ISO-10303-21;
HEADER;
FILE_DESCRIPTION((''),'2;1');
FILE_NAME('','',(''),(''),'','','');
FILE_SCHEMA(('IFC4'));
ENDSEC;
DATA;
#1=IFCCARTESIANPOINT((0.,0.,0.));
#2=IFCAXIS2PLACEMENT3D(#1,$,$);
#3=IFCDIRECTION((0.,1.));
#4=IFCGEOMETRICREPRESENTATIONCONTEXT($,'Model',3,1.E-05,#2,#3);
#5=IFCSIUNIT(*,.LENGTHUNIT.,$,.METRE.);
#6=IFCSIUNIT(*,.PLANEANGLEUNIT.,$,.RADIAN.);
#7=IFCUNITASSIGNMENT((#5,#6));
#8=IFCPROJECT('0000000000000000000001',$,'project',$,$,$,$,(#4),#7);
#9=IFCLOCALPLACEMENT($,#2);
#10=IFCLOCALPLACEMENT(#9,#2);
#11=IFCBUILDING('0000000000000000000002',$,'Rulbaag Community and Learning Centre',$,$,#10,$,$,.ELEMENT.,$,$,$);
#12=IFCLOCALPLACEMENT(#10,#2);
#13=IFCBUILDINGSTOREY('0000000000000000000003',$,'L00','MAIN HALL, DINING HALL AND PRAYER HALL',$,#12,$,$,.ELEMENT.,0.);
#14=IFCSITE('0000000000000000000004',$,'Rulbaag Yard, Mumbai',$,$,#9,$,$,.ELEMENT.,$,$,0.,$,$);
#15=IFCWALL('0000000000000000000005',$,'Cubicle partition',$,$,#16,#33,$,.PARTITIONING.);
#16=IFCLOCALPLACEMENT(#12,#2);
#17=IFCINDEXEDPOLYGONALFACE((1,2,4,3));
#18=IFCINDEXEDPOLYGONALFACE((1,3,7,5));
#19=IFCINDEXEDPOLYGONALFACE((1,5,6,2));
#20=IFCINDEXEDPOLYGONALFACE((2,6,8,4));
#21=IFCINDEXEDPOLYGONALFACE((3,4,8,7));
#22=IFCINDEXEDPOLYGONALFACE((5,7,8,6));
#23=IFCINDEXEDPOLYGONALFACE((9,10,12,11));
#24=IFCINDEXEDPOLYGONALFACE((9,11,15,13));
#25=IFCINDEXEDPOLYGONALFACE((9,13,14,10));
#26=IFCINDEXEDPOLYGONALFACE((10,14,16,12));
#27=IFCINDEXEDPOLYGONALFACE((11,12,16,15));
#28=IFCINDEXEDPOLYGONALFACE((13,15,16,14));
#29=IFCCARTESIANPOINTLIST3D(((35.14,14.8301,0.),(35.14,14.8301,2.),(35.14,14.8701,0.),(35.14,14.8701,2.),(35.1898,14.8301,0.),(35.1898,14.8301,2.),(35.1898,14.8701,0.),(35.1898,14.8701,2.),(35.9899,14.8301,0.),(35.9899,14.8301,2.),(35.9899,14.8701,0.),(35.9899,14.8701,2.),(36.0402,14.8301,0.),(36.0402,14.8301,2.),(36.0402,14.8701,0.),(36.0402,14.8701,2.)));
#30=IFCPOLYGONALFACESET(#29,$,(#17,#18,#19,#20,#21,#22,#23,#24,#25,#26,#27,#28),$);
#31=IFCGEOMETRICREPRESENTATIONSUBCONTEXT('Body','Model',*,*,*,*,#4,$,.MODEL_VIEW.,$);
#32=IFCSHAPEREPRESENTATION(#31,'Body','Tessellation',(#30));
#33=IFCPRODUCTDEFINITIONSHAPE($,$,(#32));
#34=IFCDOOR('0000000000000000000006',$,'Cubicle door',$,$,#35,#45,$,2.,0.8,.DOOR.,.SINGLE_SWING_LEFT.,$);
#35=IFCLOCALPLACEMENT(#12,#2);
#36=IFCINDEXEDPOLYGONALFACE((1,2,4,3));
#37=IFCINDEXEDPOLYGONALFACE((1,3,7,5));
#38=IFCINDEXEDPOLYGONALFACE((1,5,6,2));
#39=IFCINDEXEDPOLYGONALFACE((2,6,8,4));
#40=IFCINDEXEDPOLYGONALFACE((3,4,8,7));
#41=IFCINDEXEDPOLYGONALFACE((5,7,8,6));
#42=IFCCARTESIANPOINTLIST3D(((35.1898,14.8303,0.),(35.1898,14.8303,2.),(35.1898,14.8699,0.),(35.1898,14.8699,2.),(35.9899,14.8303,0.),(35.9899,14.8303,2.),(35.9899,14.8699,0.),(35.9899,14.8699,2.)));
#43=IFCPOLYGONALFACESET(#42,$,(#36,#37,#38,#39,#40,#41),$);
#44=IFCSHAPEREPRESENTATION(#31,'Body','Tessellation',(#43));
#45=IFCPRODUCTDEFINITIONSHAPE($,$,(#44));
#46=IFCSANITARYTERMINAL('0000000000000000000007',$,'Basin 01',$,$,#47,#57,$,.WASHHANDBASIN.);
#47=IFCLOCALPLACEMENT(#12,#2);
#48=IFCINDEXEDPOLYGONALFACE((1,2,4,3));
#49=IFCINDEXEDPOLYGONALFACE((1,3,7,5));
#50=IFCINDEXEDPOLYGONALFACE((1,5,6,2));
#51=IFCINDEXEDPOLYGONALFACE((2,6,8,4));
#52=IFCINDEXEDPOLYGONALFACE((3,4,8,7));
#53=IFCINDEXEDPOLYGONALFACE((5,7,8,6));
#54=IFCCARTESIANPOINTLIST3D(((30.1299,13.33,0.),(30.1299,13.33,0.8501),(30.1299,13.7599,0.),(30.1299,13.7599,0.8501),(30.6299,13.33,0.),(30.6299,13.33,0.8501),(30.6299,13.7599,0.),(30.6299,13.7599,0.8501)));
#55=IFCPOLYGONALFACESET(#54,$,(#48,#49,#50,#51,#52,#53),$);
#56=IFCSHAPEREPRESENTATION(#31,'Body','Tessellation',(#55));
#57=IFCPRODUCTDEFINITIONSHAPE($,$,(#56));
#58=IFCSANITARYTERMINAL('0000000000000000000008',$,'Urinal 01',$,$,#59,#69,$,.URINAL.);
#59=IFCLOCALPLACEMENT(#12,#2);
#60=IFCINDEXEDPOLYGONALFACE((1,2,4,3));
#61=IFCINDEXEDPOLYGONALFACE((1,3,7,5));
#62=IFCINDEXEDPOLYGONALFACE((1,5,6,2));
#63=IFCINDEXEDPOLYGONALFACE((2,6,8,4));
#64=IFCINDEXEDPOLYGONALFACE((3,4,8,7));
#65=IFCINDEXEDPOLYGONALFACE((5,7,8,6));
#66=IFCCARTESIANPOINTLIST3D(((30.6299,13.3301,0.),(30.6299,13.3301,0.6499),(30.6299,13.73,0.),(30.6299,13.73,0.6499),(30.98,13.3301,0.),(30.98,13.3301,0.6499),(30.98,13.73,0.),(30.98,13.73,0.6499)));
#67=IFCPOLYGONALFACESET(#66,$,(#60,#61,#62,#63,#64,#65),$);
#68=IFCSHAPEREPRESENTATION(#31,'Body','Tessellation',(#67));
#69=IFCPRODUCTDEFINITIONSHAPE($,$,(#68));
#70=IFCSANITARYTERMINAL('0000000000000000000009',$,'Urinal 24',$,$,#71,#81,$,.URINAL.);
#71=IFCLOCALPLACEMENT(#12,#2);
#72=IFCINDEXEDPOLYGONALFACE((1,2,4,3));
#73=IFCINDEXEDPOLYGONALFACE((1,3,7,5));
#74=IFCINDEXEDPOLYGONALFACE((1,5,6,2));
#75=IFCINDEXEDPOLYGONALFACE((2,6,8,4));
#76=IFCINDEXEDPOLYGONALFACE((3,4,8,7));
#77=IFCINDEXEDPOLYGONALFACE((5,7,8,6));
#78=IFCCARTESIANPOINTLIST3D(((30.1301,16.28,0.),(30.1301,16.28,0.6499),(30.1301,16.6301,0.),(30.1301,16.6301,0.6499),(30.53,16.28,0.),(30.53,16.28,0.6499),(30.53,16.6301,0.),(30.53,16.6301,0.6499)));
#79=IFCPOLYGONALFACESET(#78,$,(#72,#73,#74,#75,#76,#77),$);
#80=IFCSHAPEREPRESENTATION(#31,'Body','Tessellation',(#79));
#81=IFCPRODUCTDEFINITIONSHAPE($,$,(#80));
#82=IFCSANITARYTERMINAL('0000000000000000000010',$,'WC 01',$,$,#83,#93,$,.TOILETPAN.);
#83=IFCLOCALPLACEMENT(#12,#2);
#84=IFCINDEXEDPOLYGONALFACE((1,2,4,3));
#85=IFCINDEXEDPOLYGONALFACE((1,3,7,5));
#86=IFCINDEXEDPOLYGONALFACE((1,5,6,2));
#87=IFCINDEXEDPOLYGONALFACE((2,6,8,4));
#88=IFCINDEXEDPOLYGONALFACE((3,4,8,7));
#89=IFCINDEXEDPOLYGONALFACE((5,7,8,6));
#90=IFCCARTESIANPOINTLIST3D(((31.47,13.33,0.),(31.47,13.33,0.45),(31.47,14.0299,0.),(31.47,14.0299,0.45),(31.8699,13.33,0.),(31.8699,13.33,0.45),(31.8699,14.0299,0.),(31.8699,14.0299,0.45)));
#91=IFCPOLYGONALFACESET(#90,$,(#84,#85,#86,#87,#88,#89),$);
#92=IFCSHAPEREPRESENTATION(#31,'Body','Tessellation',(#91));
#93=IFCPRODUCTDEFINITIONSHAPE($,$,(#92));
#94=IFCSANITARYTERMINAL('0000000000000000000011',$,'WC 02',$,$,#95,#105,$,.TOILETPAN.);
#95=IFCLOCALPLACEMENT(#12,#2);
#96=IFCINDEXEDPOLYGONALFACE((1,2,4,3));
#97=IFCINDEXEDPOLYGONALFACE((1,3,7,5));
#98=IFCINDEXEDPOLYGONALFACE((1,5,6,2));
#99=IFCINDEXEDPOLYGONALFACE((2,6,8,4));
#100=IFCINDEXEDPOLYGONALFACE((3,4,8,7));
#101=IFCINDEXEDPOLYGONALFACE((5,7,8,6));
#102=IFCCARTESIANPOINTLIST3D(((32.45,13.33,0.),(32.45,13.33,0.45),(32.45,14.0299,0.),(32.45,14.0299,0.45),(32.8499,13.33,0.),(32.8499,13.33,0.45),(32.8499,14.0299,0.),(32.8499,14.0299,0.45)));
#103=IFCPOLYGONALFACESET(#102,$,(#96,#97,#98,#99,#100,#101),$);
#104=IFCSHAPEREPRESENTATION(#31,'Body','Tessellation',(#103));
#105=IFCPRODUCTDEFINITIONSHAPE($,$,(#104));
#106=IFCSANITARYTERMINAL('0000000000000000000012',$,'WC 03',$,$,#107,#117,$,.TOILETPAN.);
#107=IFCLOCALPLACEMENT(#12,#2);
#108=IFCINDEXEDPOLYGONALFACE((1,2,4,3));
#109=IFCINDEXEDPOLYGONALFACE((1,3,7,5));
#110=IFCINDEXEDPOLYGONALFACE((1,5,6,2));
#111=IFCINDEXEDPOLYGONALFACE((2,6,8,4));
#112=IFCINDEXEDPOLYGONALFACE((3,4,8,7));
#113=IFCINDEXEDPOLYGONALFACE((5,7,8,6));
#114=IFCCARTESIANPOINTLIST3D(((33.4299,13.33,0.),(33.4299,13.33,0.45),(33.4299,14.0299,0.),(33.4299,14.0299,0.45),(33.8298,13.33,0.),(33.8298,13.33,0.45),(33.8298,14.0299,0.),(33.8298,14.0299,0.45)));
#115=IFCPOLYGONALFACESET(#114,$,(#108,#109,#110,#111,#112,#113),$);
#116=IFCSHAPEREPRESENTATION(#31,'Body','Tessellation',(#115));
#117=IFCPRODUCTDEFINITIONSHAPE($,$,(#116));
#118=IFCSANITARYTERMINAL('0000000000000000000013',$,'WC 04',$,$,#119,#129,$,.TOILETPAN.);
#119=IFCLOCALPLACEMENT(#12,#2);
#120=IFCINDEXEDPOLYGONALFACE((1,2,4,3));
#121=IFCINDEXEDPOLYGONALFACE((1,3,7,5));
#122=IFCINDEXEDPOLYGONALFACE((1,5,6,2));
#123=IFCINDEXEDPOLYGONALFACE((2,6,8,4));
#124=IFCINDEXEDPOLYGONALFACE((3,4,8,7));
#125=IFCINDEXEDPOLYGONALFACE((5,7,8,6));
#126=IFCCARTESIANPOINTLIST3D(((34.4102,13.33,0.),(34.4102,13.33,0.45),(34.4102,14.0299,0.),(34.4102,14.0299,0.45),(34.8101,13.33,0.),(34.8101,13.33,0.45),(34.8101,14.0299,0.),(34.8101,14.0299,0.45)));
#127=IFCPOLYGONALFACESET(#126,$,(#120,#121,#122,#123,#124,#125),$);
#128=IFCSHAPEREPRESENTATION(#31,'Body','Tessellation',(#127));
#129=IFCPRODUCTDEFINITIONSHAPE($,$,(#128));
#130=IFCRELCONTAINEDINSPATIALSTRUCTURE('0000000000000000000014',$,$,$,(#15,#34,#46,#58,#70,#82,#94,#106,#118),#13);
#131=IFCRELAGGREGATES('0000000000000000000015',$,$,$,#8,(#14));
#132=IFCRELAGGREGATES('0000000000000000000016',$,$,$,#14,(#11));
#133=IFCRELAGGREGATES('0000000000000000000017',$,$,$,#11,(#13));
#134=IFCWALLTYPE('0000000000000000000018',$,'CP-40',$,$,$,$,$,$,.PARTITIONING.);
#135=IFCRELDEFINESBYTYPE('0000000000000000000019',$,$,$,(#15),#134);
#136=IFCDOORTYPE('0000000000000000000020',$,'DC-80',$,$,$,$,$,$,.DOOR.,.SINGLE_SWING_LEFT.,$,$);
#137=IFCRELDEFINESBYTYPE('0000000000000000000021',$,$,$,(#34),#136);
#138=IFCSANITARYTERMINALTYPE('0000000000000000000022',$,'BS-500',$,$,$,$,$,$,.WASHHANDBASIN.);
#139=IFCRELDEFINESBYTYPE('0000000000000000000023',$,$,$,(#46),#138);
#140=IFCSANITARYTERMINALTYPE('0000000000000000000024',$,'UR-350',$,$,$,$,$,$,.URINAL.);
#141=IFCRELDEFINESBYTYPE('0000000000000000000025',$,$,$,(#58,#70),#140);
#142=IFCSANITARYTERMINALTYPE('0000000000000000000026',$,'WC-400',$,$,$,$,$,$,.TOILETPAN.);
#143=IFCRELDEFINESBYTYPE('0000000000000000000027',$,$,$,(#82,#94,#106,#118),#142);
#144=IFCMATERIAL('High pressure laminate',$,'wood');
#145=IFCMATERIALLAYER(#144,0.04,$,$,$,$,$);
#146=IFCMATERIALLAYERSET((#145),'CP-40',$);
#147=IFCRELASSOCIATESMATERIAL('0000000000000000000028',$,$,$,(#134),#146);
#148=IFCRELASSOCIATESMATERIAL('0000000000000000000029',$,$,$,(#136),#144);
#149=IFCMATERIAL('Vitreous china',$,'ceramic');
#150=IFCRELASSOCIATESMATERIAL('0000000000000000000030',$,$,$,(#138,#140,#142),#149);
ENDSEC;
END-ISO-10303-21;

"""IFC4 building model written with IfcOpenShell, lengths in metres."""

from ifc_helpers import new_model, si_unit, direction, frame, frame_2d, origin, origin_2d, place, context, subcontext, project, spatial, rectangle, extrude, material, layer, layer_set, type_object, element, fill, save


model = new_model("IFC4")

# Units and contexts
model_context = context("Model", 3, precision=1e-05, world=origin(), true_north=direction((0.0, 1.0)))
body_context = subcontext(model_context, "Body", "Model", "MODEL_VIEW")
ifc_project = project(units=[si_unit("LENGTHUNIT", "METRE"), si_unit("PLANEANGLEUNIT", "RADIAN")], contexts=[model_context])

# Site, building, storey
site_placement = place(None, origin())
site = spatial("IfcSite", under=ifc_project, at=site_placement, Name="Rulbaag Yard, Mumbai", CompositionType="ELEMENT", RefElevation=0.0)
building_placement = place(site_placement, origin())
building = spatial("IfcBuilding", under=site, at=building_placement, Name="Rulbaag Community and Learning Centre", CompositionType="ELEMENT")
storey_placement = place(building_placement, origin())
storey = spatial("IfcBuildingStorey", under=building, at=storey_placement, Name="L00", Description="MAIN HALL, DINING HALL AND PRAYER HALL", CompositionType="ELEMENT", Elevation=0.0)

# Wall, opening, door
ifc_material_1 = material(Name="High pressure laminate", Category="wood")
ifc_layer = layer(ifc_material_1, 0.04)
ifc_layer_set = layer_set([ifc_layer], Name="CP-40")
wall_type = type_object("IfcWallType", Name="CP-40", PredefinedType="PARTITIONING", material=ifc_layer_set)
door_type = type_object("IfcDoorType", Name="DC-80", OperationType="SINGLE_SWING_LEFT", PredefinedType="DOOR", material=ifc_material_1)
wall_1_placement = place(storey_placement, frame((35.1399, 14.8501, 0.0), z_axis=(0.0, 0.0, 1.0), x_axis=(1.0, 0.0, 0.0)))
wall_1 = element("IfcWall", 1, at=wall_1_placement, inside=storey, type_object=wall_type, Name="Cubicle partition", PredefinedType="PARTITIONING", context=body_context, shape_type="SweptSolid", body=[
    extrude(rectangle(XDim=0.9001, YDim=0.04, at=frame_2d((0.4502, 0.0))), origin(), (0.0, 0.0, 1.0), 2.0),
])
opening_1_placement = place(wall_1_placement, frame((0.05, 0.0, 0.0)))
opening_1 = element("IfcOpeningElement", 2, at=opening_1_placement, cuts=wall_1, PredefinedType="OPENING", context=body_context, shape_type="SweptSolid", body=[
    extrude(rectangle(XDim=0.8, YDim=2.0, at=frame_2d((0.3999, 1.0))), frame((0.0, 0.03, 0.0), z_axis=(0.0, -1.0, 0.0), x_axis=(1.0, 0.0, 0.0)), (0.0, 0.0, 1.0), 0.0601),
])
door_1_placement = place(opening_1_placement, origin())
door_1 = element("IfcDoor", 3, at=door_1_placement, inside=storey, type_object=door_type, Name="Cubicle door", OperationType="SINGLE_SWING_LEFT", OverallHeight=2.0, OverallWidth=0.8, PredefinedType="DOOR", context=body_context, shape_type="SweptSolid", body=[
    extrude(rectangle(XDim=0.8, YDim=2.0, at=frame_2d((0.3999, 1.0))), frame((0.0, 0.0198, 0.0), z_axis=(0.0, -1.0, 0.0), x_axis=(1.0, 0.0, 0.0)), (0.0, 0.0, 1.0), 0.0396),
])
fill(opening_1, door_1)

# Sanitary terminals
ifc_material_2 = material(Name="Vitreous china", Category="ceramic")
sanitary_terminal_type_1 = type_object("IfcSanitaryTerminalType", Name="BS-500", PredefinedType="WASHHANDBASIN", material=ifc_material_2)
sanitary_terminal_1_placement = place(storey_placement, frame((30.3799, 13.5449, 0.0), z_axis=(0.0, 0.0, 1.0), x_axis=(1.0, 0.0, 0.0)))
element("IfcSanitaryTerminal", 4, at=sanitary_terminal_1_placement, inside=storey, type_object=sanitary_terminal_type_1, Name="Basin 01", PredefinedType="WASHHANDBASIN", context=body_context, shape_type="SweptSolid", body=[
    extrude(rectangle(XDim=0.5, YDim=0.4299, at=origin_2d()), origin(), (0.0, 0.0, 1.0), 0.8501),
])
sanitary_terminal_type_2 = type_object("IfcSanitaryTerminalType", Name="UR-350", PredefinedType="URINAL", material=ifc_material_2)
sanitary_terminal_2_placement = place(storey_placement, frame((30.8049, 13.53, 0.0), z_axis=(0.0, 0.0, 1.0), x_axis=(1.0, 0.0, 0.0)))
element("IfcSanitaryTerminal", 5, at=sanitary_terminal_2_placement, inside=storey, type_object=sanitary_terminal_type_2, Name="Urinal 01", PredefinedType="URINAL", context=body_context, shape_type="SweptSolid", body=[
    extrude(rectangle(XDim=0.3501, YDim=0.3999, at=origin_2d()), origin(), (0.0, 0.0, 1.0), 0.6499),
])
sanitary_terminal_3_placement = place(storey_placement, frame((30.3301, 16.4551, 0.0), z_axis=(0.0, 0.0, 1.0), x_axis=(1.0, 0.0, 0.0)))
element("IfcSanitaryTerminal", 6, at=sanitary_terminal_3_placement, inside=storey, type_object=sanitary_terminal_type_2, Name="Urinal 24", PredefinedType="URINAL", context=body_context, shape_type="SweptSolid", body=[
    extrude(rectangle(XDim=0.3999, YDim=0.3501, at=origin_2d()), origin(), (0.0, 0.0, 1.0), 0.6499),
])
sanitary_terminal_type_3 = type_object("IfcSanitaryTerminalType", Name="WC-400", PredefinedType="TOILETPAN", material=ifc_material_2)
for number, where, z_axis, x_axis, name in (
    (7, (31.6699, 13.6799, 0.0), (0.0, 0.0, 1.0), (1.0, 0.0, 0.0), "WC 01"),
    (8, (32.6499, 13.6799, 0.0), (0.0, 0.0, 1.0), (1.0, 0.0, 0.0), "WC 02"),
    (9, (33.6299, 13.6799, 0.0), (0.0, 0.0, 1.0), (1.0, 0.0, 0.0), "WC 03"),
    (10, (34.6101, 13.6799, 0.0), (0.0, 0.0, 1.0), (1.0, 0.0, 0.0), "WC 04"),
):
    element("IfcSanitaryTerminal", number, at=place(storey_placement, frame(where, z_axis=z_axis, x_axis=x_axis)), inside=storey, type_object=sanitary_terminal_type_3, Name=name, PredefinedType="TOILETPAN", context=body_context, shape_type="SweptSolid", body=[
        extrude(rectangle(XDim=0.3999, YDim=0.7, at=origin_2d()), origin(), (0.0, 0.0, 1.0), 0.45),
    ])

save(model, "model.ifc")
